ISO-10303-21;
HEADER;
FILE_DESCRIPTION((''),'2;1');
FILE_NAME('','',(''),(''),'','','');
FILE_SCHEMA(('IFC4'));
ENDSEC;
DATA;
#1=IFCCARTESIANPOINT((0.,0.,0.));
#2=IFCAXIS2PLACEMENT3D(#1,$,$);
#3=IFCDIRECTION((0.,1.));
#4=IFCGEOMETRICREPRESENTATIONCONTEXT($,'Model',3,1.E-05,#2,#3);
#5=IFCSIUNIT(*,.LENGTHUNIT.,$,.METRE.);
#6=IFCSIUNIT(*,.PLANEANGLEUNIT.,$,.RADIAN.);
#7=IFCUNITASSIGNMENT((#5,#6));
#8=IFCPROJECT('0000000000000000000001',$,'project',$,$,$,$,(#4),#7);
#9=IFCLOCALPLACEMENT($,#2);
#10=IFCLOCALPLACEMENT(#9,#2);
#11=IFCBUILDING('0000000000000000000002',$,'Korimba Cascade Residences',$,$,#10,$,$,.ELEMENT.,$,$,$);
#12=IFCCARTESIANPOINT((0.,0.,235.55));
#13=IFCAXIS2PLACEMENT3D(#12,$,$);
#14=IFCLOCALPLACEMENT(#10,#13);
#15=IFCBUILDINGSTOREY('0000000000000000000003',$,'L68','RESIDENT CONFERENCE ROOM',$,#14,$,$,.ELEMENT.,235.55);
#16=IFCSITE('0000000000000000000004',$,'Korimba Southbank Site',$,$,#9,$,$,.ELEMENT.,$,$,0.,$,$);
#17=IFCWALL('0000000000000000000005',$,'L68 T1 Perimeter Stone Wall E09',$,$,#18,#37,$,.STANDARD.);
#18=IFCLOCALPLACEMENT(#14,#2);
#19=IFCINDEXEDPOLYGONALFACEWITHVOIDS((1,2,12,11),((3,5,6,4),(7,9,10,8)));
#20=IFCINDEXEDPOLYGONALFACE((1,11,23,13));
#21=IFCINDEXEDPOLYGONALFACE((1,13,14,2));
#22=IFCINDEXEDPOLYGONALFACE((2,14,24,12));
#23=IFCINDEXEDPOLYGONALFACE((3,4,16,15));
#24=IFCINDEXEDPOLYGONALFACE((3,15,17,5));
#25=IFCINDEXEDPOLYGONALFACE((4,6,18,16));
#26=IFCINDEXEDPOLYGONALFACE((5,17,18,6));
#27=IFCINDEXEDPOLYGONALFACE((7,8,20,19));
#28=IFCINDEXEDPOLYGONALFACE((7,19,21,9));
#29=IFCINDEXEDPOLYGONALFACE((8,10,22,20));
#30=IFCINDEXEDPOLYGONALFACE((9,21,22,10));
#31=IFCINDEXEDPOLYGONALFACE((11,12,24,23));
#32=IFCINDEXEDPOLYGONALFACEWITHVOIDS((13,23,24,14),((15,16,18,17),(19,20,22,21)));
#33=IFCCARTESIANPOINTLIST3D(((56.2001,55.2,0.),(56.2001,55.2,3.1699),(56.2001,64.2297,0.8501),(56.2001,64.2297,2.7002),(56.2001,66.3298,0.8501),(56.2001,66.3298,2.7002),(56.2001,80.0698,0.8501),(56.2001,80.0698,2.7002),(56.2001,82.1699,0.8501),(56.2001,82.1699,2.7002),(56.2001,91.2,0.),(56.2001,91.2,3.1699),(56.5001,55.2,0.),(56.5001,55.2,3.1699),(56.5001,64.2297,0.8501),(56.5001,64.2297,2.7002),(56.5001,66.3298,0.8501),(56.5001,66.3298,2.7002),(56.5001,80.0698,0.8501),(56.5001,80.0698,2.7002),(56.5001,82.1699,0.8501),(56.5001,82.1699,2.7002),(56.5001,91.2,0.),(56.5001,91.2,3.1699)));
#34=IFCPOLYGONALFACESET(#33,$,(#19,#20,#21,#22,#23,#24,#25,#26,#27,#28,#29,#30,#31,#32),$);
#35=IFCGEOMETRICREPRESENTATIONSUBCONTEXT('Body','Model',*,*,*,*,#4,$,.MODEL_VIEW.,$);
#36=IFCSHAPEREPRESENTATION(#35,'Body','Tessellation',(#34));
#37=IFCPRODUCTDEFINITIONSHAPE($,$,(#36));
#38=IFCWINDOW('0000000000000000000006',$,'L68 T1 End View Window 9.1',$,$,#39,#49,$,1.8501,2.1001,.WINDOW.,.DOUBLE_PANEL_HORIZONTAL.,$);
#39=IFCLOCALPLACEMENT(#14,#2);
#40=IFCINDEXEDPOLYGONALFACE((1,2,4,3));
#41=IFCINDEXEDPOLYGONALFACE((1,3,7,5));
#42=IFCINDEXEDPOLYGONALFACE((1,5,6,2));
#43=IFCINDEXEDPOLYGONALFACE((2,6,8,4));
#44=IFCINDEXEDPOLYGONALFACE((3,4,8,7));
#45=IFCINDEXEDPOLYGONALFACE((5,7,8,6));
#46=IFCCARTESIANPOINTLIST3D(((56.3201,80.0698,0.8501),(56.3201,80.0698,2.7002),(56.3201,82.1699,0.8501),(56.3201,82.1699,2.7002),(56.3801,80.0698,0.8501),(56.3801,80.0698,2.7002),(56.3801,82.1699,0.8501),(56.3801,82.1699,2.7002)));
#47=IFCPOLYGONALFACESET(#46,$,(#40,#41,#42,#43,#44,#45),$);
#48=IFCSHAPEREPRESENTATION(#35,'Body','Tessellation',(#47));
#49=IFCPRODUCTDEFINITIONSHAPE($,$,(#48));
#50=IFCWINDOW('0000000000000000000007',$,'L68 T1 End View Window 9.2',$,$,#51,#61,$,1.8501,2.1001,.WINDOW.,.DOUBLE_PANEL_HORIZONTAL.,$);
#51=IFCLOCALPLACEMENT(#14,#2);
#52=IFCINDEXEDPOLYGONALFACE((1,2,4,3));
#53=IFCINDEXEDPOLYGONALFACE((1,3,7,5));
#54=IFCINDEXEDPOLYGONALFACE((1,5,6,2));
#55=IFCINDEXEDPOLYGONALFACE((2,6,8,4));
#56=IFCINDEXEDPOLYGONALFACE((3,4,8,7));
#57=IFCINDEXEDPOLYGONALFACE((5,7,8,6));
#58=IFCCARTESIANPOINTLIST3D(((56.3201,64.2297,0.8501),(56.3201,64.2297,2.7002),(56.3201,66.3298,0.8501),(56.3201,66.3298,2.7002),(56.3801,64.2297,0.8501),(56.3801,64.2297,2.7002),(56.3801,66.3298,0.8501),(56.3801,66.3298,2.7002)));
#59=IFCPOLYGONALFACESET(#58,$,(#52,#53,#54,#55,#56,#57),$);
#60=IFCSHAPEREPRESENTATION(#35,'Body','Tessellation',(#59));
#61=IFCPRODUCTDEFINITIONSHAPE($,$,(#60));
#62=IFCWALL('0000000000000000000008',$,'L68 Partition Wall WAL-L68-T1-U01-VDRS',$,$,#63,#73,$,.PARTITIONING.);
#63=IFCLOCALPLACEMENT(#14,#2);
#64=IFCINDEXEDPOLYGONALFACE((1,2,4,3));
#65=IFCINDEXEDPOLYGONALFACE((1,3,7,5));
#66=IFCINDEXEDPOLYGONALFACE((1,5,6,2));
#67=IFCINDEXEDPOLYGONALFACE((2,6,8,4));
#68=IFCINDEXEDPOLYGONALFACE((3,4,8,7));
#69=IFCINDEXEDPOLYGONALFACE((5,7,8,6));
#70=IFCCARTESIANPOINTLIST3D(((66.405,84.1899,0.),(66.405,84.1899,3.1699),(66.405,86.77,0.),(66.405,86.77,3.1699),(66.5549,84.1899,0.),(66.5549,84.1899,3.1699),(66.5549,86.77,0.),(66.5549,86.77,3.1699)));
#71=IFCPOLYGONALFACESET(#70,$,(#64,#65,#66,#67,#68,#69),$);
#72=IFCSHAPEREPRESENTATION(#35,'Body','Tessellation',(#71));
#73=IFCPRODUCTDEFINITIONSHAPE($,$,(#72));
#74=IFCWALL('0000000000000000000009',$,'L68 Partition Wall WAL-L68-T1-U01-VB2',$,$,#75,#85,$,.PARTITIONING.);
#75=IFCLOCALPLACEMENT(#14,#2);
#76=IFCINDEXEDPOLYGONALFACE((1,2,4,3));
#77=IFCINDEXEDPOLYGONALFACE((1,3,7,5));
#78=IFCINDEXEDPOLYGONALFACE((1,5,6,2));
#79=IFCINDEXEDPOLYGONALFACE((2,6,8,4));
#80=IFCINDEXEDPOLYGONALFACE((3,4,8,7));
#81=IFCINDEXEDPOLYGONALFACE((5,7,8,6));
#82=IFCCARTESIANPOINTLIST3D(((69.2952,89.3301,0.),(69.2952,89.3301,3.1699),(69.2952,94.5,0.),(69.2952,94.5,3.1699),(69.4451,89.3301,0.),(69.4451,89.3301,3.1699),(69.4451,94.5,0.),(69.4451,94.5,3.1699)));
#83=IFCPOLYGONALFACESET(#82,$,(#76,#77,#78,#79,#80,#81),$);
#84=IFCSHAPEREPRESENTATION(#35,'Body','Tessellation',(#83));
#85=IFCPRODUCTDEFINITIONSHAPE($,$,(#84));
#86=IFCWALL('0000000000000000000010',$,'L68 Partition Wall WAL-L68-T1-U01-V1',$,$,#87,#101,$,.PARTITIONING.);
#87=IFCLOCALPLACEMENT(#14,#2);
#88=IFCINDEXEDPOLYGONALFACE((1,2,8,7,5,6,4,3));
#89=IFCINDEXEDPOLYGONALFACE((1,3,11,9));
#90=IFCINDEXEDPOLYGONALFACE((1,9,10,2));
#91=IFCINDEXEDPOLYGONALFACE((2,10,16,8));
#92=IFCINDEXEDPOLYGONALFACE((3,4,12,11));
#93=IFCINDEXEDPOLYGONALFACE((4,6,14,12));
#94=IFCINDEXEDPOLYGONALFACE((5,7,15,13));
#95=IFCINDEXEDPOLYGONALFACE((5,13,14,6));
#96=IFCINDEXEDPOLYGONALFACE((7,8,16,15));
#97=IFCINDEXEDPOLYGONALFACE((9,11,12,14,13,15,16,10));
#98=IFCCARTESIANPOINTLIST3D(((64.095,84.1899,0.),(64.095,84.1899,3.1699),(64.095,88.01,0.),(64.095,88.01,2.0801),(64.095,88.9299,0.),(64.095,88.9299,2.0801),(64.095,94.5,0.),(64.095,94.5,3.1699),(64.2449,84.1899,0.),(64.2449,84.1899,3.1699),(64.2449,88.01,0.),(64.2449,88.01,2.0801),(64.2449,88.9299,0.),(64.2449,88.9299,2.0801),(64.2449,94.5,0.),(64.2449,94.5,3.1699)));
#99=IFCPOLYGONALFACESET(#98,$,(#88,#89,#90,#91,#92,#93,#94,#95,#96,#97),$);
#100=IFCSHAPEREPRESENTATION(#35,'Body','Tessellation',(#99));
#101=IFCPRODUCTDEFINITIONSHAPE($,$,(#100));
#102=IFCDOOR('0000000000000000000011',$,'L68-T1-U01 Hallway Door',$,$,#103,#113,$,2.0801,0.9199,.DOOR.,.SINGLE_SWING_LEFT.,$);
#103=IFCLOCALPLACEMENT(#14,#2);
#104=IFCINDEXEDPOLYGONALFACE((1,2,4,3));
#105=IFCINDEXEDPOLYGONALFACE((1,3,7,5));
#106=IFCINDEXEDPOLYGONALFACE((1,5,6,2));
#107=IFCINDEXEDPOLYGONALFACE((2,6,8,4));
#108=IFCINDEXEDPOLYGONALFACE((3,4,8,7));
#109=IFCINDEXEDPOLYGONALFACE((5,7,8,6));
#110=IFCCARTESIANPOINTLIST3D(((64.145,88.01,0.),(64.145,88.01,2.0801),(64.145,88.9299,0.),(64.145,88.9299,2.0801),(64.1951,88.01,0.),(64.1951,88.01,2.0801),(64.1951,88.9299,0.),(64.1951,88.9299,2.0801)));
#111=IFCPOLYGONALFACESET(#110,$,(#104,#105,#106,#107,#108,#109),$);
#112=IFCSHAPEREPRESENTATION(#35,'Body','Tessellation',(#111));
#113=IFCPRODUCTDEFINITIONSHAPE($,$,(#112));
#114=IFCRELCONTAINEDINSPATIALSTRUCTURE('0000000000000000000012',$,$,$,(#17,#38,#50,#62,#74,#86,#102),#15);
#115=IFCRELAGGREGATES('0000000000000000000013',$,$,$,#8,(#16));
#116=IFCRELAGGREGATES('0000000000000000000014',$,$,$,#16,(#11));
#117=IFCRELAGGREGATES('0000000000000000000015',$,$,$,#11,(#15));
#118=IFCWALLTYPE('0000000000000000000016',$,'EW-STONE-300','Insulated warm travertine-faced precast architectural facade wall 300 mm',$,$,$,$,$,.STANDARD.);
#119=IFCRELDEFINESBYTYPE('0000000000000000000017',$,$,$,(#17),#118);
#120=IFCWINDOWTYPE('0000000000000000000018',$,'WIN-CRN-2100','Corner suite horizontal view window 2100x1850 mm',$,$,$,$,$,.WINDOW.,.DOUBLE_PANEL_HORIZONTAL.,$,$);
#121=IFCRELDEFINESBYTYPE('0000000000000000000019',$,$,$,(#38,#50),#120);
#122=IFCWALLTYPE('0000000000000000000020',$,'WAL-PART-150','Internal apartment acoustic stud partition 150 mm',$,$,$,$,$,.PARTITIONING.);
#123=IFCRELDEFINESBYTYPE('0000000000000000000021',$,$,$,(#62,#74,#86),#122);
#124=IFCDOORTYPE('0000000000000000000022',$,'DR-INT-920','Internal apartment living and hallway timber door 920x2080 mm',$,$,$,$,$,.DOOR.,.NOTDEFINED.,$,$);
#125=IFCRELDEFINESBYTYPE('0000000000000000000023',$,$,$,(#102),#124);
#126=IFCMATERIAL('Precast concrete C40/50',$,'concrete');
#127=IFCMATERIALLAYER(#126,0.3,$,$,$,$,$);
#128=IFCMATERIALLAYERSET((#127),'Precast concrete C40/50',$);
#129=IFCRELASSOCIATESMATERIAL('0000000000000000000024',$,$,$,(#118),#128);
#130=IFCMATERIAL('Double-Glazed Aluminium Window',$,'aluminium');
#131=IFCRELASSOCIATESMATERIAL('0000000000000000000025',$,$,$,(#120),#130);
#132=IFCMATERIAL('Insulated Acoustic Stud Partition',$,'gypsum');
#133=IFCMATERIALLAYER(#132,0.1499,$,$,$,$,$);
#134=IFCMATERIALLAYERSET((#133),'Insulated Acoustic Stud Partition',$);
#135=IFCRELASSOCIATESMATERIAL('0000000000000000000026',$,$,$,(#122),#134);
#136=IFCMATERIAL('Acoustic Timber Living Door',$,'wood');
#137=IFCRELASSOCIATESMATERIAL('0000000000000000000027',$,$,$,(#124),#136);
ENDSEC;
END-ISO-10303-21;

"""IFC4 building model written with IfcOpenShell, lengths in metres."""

from ifc_helpers import new_model, si_unit, direction, frame, frame_2d, origin, place, context, subcontext, project, spatial, rectangle, extrude, material, layer, layer_set, type_object, element, fill, save


model = new_model("IFC4")

# Units and contexts
model_context = context("Model", 3, precision=1e-05, world=origin(), true_north=direction((0.0, 1.0)))
body_context = subcontext(model_context, "Body", "Model", "MODEL_VIEW")
ifc_project = project(units=[si_unit("LENGTHUNIT", "METRE"), si_unit("PLANEANGLEUNIT", "RADIAN")], contexts=[model_context])

# Site, building, storey
site_placement = place(None, origin())
site = spatial("IfcSite", under=ifc_project, at=site_placement, Name="Korimba Southbank Site", CompositionType="ELEMENT", RefElevation=0.0)
building_placement = place(site_placement, origin())
building = spatial("IfcBuilding", under=site, at=building_placement, Name="Korimba Cascade Residences", CompositionType="ELEMENT")
storey_placement = place(building_placement, frame((0.0, 0.0, 235.55)))
storey = spatial("IfcBuildingStorey", under=building, at=storey_placement, Name="L68", Description="RESIDENT CONFERENCE ROOM", CompositionType="ELEMENT", Elevation=235.55)

# Shared definitions
ifc_material_1 = material(Name="Precast concrete C40/50", Category="concrete")
ifc_layer_1 = layer(ifc_material_1, 0.3)
ifc_layer_set_1 = layer_set([ifc_layer_1], Name="Precast concrete C40/50")
wall_type_1 = type_object("IfcWallType", Name="EW-STONE-300", Description="Insulated warm travertine-faced precast architectural facade wall 300 mm", PredefinedType="STANDARD", material=ifc_layer_set_1)

# Wall, openings, windows
wall_1_placement = place(storey_placement, frame((56.3501, 91.2, 0.0), z_axis=(0.0, 0.0, 1.0), x_axis=(0.0, -1.0, 0.0)))
wall_1 = element("IfcWall", 1, at=wall_1_placement, inside=storey, type_object=wall_type_1, Name="L68 T1 Perimeter Stone Wall E09", PredefinedType="STANDARD", context=body_context, shape_type="SweptSolid", body=[
    extrude(rectangle(XDim=36.0, YDim=0.3, at=frame_2d((18.0, 0.0))), origin(), (0.0, 0.0, 1.0), 3.1699),
])
opening_1_placement = place(wall_1_placement, frame((9.03, 0.0, 0.8501)))
opening_1 = element("IfcOpeningElement", 2, at=opening_1_placement, cuts=wall_1, PredefinedType="OPENING", context=body_context, shape_type="SweptSolid", body=[
    extrude(rectangle(XDim=2.1001, YDim=1.8501, at=frame_2d((1.05, 0.925))), frame((0.0, 0.1602, 0.0), z_axis=(0.0, -1.0, 0.0), x_axis=(1.0, 0.0, 0.0)), (0.0, 0.0, 1.0), 0.3201),
])
opening_2_placement = place(wall_1_placement, frame((24.8701, 0.0, 0.8501)))
opening_2 = element("IfcOpeningElement", 3, at=opening_2_placement, cuts=wall_1, PredefinedType="OPENING", context=body_context, shape_type="SweptSolid", body=[
    extrude(rectangle(XDim=2.1001, YDim=1.8501, at=frame_2d((1.05, 0.925))), frame((0.0, 0.1602, 0.0), z_axis=(0.0, -1.0, 0.0), x_axis=(1.0, 0.0, 0.0)), (0.0, 0.0, 1.0), 0.3201),
])
ifc_material_2 = material(Name="Double-Glazed Aluminium Window", Category="aluminium")
window_type = type_object("IfcWindowType", Name="WIN-CRN-2100", Description="Corner suite horizontal view window 2100x1850 mm", PartitioningType="DOUBLE_PANEL_HORIZONTAL", PredefinedType="WINDOW", material=ifc_material_2)
window_1_placement = place(opening_1_placement, origin())
window_1 = element("IfcWindow", 4, at=window_1_placement, inside=storey, type_object=window_type, Name="L68 T1 End View Window 9.1", OverallHeight=1.8501, OverallWidth=2.1001, PartitioningType="DOUBLE_PANEL_HORIZONTAL", PredefinedType="WINDOW", context=body_context, shape_type="SweptSolid", body=[
    extrude(rectangle(XDim=2.1001, YDim=1.8501, at=frame_2d((1.05, 0.925))), frame((0.0, 0.03, 0.0), z_axis=(0.0, -1.0, 0.0), x_axis=(1.0, 0.0, 0.0)), (0.0, 0.0, 1.0), 0.0601),
])
fill(opening_1, window_1)
window_2_placement = place(opening_2_placement, origin())
window_2 = element("IfcWindow", 5, at=window_2_placement, inside=storey, type_object=window_type, Name="L68 T1 End View Window 9.2", OverallHeight=1.8501, OverallWidth=2.1001, PartitioningType="DOUBLE_PANEL_HORIZONTAL", PredefinedType="WINDOW", context=body_context, shape_type="SweptSolid", body=[
    extrude(rectangle(XDim=2.1001, YDim=1.8501, at=frame_2d((1.05, 0.925))), frame((0.0, 0.03, 0.0), z_axis=(0.0, -1.0, 0.0), x_axis=(1.0, 0.0, 0.0)), (0.0, 0.0, 1.0), 0.0601),
])
fill(opening_2, window_2)

# Walls
ifc_material_3 = material(Name="Insulated Acoustic Stud Partition", Category="gypsum")
ifc_layer_2 = layer(ifc_material_3, 0.1499)
ifc_layer_set_2 = layer_set([ifc_layer_2], Name="Insulated Acoustic Stud Partition")
wall_type_2 = type_object("IfcWallType", Name="WAL-PART-150", Description="Internal apartment acoustic stud partition 150 mm", PredefinedType="PARTITIONING", material=ifc_layer_set_2)
wall_2_placement = place(storey_placement, frame((66.48, 84.1899, 0.0), z_axis=(0.0, 0.0, 1.0), x_axis=(0.0, 1.0, 0.0)))
element("IfcWall", 6, at=wall_2_placement, inside=storey, type_object=wall_type_2, Name="L68 Partition Wall WAL-L68-T1-U01-VDRS", PredefinedType="PARTITIONING", context=body_context, shape_type="SweptSolid", body=[
    extrude(rectangle(XDim=2.5801, YDim=0.1499, at=frame_2d((1.29, 0.0))), origin(), (0.0, 0.0, 1.0), 3.1699),
])
wall_3_placement = place(storey_placement, frame((69.3701, 89.3301, 0.0), z_axis=(0.0, 0.0, 1.0), x_axis=(0.0, 1.0, 0.0)))
element("IfcWall", 7, at=wall_3_placement, inside=storey, type_object=wall_type_2, Name="L68 Partition Wall WAL-L68-T1-U01-VB2", PredefinedType="PARTITIONING", context=body_context, shape_type="SweptSolid", body=[
    extrude(rectangle(XDim=5.1699, YDim=0.1499, at=frame_2d((2.585, 0.0))), origin(), (0.0, 0.0, 1.0), 3.1699),
])

# Wall, opening, door
wall_4_placement = place(storey_placement, frame((64.1699, 84.1899, 0.0), z_axis=(0.0, 0.0, 1.0), x_axis=(0.0, 1.0, 0.0)))
wall_4 = element("IfcWall", 8, at=wall_4_placement, inside=storey, type_object=wall_type_2, Name="L68 Partition Wall WAL-L68-T1-U01-V1", PredefinedType="PARTITIONING", context=body_context, shape_type="SweptSolid", body=[
    extrude(rectangle(XDim=10.3101, YDim=0.1499, at=frame_2d((5.155, 0.0))), origin(), (0.0, 0.0, 1.0), 3.1699),
])
opening_3_placement = place(wall_4_placement, frame((3.8201, 0.0, 0.0)))
opening_3 = element("IfcOpeningElement", 9, at=opening_3_placement, cuts=wall_4, PredefinedType="OPENING", context=body_context, shape_type="SweptSolid", body=[
    extrude(rectangle(XDim=0.9199, YDim=2.0801, at=frame_2d((0.46, 1.04))), frame((0.0, 0.085, 0.0), z_axis=(0.0, -1.0, 0.0), x_axis=(1.0, 0.0, 0.0)), (0.0, 0.0, 1.0), 0.1699),
])
ifc_material_4 = material(Name="Acoustic Timber Living Door", Category="wood")
door_type_1 = type_object("IfcDoorType", Name="DR-INT-920", Description="Internal apartment living and hallway timber door 920x2080 mm", OperationType="NOTDEFINED", PredefinedType="DOOR", material=ifc_material_4)
door_1_placement = place(opening_3_placement, origin())
door_1 = element("IfcDoor", 10, at=door_1_placement, inside=storey, type_object=door_type_1, Name="L68-T1-U01 Hallway Door", OperationType="SINGLE_SWING_LEFT", OverallHeight=2.0801, OverallWidth=0.9199, PredefinedType="DOOR", context=body_context, shape_type="SweptSolid", body=[
    extrude(rectangle(XDim=0.9199, YDim=2.0801, at=frame_2d((0.46, 1.04))), frame((0.0, 0.0249, 0.0), z_axis=(0.0, -1.0, 0.0), x_axis=(1.0, 0.0, 0.0)), (0.0, 0.0, 1.0), 0.05),
])
fill(opening_3, door_1)

save(model, "model.ifc")
